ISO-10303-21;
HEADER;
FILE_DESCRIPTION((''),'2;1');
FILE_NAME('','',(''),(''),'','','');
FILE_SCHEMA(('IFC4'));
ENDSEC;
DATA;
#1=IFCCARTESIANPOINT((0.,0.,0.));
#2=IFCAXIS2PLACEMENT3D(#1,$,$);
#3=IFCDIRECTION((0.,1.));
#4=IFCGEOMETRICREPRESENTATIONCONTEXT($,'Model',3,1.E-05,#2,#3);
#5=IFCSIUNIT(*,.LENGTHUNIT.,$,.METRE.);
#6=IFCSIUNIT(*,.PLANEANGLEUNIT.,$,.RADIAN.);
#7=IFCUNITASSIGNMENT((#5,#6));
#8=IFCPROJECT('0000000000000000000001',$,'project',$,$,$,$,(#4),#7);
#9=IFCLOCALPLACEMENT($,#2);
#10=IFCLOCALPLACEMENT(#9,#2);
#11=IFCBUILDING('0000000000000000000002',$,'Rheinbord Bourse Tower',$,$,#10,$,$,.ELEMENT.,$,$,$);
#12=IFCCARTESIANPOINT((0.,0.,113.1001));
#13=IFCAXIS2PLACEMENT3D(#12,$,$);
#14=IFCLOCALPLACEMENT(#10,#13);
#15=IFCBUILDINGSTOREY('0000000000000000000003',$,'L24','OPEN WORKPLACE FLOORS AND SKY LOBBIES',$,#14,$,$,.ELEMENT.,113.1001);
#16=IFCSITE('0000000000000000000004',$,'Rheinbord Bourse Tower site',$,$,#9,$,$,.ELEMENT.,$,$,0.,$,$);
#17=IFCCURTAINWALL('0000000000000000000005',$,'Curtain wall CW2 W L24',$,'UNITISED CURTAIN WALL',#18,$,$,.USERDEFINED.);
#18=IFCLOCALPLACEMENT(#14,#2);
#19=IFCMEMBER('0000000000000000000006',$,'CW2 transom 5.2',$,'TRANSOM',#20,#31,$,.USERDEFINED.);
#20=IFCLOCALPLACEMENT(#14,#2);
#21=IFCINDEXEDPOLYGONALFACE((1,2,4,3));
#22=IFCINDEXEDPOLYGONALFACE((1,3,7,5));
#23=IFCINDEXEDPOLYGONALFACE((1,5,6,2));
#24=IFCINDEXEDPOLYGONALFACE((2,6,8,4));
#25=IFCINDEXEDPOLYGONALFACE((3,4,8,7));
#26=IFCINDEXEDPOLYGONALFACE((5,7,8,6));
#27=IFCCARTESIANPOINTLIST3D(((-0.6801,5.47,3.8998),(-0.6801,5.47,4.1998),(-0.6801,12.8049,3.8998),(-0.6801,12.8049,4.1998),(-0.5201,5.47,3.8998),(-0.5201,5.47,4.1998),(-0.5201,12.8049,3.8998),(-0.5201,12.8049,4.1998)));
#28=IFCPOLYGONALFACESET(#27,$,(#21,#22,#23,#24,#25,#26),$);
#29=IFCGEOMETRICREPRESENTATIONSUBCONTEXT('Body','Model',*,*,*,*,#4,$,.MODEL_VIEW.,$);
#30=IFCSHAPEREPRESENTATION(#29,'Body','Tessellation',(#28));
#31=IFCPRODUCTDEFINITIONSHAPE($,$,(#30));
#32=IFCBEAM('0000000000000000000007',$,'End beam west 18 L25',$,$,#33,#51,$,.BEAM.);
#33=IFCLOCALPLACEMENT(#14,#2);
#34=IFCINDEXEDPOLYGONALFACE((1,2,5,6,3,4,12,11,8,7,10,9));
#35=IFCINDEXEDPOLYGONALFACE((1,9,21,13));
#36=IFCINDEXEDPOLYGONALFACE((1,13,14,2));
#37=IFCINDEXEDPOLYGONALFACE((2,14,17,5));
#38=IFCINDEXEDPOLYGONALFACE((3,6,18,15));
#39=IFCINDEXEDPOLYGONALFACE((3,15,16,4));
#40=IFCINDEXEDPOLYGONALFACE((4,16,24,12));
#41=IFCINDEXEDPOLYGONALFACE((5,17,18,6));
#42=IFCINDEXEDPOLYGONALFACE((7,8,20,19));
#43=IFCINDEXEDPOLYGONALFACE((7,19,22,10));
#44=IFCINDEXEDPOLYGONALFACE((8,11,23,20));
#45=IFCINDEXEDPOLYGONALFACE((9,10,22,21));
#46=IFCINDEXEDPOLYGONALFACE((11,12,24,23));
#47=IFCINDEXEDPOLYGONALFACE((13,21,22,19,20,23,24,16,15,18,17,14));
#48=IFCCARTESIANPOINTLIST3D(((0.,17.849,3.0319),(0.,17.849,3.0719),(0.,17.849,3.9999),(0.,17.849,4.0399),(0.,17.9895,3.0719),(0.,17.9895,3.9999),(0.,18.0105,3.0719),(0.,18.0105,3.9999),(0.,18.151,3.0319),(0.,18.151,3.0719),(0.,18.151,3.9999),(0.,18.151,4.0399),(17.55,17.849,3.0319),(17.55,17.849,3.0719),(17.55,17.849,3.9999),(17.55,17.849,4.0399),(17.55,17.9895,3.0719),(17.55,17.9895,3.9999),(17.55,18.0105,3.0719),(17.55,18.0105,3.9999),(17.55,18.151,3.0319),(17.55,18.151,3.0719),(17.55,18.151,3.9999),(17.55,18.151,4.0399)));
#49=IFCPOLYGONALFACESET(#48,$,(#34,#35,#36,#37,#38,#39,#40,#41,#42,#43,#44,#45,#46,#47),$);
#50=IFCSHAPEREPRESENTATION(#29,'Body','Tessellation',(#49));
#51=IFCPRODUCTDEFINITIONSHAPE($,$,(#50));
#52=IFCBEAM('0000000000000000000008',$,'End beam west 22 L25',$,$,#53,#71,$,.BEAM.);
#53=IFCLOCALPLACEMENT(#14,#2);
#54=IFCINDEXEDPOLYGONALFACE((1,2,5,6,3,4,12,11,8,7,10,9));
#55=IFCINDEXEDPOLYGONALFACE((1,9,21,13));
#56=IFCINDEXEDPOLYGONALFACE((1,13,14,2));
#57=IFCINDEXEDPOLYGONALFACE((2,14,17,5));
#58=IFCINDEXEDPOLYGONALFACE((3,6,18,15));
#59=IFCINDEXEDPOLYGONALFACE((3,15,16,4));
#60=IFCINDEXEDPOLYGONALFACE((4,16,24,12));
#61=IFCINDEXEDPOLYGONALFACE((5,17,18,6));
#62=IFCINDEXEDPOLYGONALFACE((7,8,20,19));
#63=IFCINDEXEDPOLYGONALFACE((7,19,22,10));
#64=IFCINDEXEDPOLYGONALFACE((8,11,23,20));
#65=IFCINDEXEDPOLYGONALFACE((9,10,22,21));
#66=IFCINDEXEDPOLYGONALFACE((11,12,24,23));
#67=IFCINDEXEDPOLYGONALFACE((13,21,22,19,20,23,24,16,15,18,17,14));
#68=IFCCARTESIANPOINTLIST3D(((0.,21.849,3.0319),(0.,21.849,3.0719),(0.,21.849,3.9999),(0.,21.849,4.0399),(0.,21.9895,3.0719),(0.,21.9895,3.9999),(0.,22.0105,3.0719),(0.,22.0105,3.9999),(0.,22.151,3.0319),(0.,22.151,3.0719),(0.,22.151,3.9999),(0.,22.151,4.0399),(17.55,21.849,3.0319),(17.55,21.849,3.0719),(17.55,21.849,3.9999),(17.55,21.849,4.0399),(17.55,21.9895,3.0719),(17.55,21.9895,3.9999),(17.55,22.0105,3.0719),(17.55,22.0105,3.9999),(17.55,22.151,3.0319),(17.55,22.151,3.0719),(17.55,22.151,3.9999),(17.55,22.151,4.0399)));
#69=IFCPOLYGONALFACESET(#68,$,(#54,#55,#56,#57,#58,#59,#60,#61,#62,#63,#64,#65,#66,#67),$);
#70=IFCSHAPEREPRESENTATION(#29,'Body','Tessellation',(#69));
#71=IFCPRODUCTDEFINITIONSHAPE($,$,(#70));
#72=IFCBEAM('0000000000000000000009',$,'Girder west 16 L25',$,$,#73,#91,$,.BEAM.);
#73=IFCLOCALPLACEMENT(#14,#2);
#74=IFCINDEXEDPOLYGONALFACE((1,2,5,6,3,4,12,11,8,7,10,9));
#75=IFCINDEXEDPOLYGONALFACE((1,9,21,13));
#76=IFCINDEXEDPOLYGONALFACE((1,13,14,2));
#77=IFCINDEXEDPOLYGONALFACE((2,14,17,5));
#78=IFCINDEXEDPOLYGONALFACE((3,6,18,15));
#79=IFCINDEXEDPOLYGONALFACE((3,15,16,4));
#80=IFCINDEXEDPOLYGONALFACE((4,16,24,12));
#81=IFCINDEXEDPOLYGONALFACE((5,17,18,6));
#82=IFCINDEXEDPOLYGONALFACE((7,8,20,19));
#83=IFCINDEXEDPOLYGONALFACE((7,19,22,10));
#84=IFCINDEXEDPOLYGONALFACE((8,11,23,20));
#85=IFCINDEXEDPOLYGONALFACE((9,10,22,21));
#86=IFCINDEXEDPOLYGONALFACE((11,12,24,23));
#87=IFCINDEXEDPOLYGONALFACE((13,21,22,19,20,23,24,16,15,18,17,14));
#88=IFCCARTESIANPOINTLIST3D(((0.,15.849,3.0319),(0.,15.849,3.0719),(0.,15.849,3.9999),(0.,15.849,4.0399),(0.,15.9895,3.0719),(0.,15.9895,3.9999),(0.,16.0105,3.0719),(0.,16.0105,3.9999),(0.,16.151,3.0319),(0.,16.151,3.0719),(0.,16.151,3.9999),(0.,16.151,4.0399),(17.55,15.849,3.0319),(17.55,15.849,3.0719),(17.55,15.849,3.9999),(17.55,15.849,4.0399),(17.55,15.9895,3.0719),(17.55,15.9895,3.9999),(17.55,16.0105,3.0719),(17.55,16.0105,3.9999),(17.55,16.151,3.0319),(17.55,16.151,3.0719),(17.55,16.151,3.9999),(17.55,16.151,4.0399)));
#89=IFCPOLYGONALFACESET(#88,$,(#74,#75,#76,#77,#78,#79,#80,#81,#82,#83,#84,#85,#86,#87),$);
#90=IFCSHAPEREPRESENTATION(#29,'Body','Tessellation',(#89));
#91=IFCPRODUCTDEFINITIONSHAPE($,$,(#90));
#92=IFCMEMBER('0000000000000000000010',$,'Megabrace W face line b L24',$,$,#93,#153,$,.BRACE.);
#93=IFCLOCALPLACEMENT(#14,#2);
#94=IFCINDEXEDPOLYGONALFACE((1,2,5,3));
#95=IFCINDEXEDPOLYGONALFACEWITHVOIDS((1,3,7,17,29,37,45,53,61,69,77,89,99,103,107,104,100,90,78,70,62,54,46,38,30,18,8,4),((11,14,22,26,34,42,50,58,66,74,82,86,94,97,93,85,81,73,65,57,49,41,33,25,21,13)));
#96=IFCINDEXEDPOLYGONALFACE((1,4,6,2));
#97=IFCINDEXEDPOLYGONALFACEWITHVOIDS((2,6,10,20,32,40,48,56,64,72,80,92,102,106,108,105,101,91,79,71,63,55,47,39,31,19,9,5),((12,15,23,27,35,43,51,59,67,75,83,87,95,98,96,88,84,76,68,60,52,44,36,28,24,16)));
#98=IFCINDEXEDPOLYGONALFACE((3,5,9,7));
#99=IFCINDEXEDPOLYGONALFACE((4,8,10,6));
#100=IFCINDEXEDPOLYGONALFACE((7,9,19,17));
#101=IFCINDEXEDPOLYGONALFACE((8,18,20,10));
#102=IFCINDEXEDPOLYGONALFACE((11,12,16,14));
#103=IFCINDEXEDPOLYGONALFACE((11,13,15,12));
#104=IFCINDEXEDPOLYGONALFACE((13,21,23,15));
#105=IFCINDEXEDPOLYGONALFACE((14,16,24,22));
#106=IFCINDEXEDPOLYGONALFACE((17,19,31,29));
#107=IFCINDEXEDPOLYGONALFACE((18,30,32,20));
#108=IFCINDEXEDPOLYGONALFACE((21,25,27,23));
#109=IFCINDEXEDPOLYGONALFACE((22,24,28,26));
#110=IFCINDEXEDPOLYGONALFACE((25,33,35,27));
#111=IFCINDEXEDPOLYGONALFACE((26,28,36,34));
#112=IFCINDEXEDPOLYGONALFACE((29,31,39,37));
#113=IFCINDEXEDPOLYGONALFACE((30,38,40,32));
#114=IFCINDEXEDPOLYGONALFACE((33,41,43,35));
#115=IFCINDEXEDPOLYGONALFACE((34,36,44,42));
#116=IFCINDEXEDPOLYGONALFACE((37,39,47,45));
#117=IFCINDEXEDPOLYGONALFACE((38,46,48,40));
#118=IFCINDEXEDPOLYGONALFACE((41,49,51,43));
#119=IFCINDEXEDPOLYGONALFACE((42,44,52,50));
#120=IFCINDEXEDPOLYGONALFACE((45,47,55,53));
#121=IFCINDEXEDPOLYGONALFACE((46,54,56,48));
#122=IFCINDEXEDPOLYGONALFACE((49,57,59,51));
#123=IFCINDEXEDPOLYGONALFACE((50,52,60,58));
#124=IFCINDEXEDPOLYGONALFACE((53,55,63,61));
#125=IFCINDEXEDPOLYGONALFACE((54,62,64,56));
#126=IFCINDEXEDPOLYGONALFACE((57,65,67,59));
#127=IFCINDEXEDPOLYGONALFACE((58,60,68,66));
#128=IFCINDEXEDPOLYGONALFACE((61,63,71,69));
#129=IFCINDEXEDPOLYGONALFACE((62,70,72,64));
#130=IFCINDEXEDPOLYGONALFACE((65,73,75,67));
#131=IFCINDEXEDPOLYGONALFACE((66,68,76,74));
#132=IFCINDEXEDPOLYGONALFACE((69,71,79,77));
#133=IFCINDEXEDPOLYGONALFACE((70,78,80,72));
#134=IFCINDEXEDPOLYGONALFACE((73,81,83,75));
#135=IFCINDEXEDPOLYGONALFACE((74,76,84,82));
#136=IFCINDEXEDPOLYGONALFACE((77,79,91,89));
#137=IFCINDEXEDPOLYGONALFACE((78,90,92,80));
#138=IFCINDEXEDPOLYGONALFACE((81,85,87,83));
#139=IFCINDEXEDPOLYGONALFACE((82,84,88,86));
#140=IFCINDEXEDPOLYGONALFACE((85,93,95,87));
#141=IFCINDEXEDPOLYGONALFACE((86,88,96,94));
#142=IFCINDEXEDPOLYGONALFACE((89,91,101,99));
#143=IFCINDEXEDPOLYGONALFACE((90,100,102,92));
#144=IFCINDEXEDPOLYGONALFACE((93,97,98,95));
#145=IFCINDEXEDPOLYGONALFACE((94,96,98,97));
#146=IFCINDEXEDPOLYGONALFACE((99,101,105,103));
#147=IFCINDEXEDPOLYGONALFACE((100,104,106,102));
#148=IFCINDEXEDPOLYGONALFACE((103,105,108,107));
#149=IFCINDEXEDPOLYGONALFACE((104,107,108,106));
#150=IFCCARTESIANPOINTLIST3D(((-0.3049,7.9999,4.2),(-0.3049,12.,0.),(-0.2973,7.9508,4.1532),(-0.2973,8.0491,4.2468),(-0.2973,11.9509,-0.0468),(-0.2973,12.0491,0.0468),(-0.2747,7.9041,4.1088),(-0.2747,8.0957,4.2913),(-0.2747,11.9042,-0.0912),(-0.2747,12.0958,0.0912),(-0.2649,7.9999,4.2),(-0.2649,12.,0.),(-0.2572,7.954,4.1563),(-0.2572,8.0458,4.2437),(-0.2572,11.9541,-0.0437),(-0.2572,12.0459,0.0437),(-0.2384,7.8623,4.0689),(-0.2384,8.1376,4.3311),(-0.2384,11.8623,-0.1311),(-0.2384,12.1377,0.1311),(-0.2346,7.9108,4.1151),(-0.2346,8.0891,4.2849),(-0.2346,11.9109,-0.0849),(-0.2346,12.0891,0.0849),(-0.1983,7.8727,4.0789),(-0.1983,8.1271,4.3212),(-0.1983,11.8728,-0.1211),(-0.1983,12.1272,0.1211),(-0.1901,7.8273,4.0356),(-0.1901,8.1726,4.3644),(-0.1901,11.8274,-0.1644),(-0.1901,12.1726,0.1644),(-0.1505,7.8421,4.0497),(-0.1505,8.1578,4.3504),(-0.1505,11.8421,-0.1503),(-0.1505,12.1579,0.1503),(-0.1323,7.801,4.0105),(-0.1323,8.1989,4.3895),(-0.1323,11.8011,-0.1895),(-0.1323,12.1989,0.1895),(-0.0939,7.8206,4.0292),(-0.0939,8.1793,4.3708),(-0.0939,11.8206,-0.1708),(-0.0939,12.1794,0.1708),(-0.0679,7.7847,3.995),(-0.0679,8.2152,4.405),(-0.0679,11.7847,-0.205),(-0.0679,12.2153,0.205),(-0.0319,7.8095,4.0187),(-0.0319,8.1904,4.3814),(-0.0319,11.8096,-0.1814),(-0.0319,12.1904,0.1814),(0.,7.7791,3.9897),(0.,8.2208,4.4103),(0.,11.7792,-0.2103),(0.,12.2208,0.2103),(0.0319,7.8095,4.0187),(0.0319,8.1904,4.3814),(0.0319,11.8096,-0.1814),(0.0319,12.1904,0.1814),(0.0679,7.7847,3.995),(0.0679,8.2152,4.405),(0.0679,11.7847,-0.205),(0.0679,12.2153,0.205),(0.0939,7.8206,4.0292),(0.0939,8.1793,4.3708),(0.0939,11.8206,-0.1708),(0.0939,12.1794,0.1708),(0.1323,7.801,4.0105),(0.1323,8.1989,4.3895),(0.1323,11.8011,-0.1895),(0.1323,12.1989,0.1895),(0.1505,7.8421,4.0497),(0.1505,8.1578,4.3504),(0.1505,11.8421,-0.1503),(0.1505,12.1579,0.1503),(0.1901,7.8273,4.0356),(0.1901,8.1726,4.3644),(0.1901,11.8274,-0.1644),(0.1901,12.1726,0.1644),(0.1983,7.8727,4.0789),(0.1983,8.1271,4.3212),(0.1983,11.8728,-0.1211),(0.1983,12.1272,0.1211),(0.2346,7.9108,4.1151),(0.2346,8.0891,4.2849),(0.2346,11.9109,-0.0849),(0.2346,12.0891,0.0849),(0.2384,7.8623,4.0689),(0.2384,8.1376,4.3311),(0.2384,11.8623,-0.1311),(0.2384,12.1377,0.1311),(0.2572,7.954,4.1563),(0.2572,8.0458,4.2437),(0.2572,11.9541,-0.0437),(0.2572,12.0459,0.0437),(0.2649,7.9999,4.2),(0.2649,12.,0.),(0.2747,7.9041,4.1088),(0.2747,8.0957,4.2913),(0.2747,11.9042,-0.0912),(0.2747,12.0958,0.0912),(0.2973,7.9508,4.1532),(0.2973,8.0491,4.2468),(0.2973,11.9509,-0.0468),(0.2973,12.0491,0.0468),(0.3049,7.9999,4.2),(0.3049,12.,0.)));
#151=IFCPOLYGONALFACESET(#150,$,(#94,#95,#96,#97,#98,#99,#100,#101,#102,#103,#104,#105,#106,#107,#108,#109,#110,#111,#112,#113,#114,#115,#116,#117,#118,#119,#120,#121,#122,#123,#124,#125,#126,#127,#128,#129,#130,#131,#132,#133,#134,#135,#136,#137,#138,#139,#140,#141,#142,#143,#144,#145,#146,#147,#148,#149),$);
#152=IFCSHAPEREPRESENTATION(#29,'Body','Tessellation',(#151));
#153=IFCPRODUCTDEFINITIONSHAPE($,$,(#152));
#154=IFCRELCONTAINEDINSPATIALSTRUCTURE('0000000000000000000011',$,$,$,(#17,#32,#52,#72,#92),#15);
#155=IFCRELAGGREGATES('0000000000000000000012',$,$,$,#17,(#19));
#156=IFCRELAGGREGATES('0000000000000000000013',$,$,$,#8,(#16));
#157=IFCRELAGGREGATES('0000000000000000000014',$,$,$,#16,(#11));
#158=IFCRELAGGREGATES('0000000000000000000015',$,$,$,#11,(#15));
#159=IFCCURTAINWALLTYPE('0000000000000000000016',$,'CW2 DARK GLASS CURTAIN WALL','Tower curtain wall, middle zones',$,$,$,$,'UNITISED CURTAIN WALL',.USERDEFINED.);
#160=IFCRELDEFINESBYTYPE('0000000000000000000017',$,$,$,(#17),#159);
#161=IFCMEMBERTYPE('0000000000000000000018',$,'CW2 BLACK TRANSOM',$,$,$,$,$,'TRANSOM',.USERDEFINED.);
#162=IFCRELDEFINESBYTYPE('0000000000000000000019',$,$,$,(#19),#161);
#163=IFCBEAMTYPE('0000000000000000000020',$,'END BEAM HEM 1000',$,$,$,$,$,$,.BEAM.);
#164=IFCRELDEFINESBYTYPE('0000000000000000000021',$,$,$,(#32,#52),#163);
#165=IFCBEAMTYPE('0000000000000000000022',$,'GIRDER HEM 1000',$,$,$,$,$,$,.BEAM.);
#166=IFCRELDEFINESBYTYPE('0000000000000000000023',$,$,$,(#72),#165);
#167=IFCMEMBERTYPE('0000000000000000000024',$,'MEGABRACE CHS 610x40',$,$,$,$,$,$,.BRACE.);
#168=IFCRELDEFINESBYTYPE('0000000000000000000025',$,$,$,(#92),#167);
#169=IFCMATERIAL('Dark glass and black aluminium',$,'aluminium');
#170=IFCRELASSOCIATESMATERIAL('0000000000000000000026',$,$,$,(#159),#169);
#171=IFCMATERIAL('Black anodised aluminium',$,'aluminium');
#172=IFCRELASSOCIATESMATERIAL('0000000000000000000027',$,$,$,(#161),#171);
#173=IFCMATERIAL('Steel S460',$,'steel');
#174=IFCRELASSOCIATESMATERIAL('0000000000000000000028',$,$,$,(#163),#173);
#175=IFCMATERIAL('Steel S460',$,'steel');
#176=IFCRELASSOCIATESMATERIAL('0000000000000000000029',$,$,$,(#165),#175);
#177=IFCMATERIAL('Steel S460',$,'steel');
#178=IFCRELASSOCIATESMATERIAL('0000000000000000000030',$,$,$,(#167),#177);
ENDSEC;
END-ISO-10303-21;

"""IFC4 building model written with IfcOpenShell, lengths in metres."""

from ifc_helpers import new_model, si_unit, direction, frame, origin, origin_2d, place, context, subcontext, project, spatial, rectangle, hollow_circle, i_section, extrude, material, material_profile, profile_set, type_object, element, aggregate, save


model = new_model("IFC4")

# Units and contexts
model_context = context("Model", 3, precision=1e-05, world=origin(), true_north=direction((0.0, 1.0)))
body_context = subcontext(model_context, "Body", "Model", "MODEL_VIEW")
ifc_project = project(units=[si_unit("LENGTHUNIT", "METRE"), si_unit("PLANEANGLEUNIT", "RADIAN")], contexts=[model_context])

# Site, building, storey
site_placement = place(None, origin())
site = spatial("IfcSite", under=ifc_project, at=site_placement, Name="Rheinbord Bourse Tower site", CompositionType="ELEMENT", RefElevation=0.0)
building_placement = place(site_placement, origin())
building = spatial("IfcBuilding", under=site, at=building_placement, Name="Rheinbord Bourse Tower", CompositionType="ELEMENT")
storey_placement = place(building_placement, frame((0.0, 0.0, 113.1001)))
storey = spatial("IfcBuildingStorey", under=building, at=storey_placement, Name="L24", Description="OPEN WORKPLACE FLOORS AND SKY LOBBIES", CompositionType="ELEMENT", Elevation=113.1001)

# Curtain wall, member
ifc_material_1 = material(Name="Dark glass and black aluminium", Category="aluminium")
curtain_wall_type = type_object("IfcCurtainWallType", Name="CW2 DARK GLASS CURTAIN WALL", Description="Tower curtain wall, middle zones", ElementType="UNITISED CURTAIN WALL", PredefinedType="USERDEFINED", material=ifc_material_1)
curtain_wall_placement = place(storey_placement, origin())
curtain_wall = element("IfcCurtainWall", 1, at=curtain_wall_placement, inside=storey, type_object=curtain_wall_type, Name="Curtain wall CW2 W L24", ObjectType="UNITISED CURTAIN WALL", PredefinedType="USERDEFINED")
ifc_material_2 = material(Name="Black anodised aluminium", Category="aluminium")
ifc_material_profile_1 = material_profile(ifc_material_2, rectangle(XDim=0.1599, YDim=0.3, at=origin_2d()), Name="CW2 TRANSOM 300x160")
ifc_profile_set_1 = profile_set([ifc_material_profile_1], Name="Black anodised aluminium")
member_type_1 = type_object("IfcMemberType", Name="CW2 BLACK TRANSOM", ElementType="TRANSOM", PredefinedType="USERDEFINED", material=ifc_profile_set_1)
member_1_placement = place(storey_placement, frame((-0.6001, 12.8049, 4.0498), z_axis=(0.0, -1.0, 0.0), x_axis=(1.0, 0.0, 0.0)))
member_1 = element("IfcMember", 2, at=member_1_placement, type_object=member_type_1, Name="CW2 transom 5.2", ObjectType="TRANSOM", PredefinedType="USERDEFINED", context=body_context, shape_type="SweptSolid", body=[
    extrude(rectangle(XDim=0.1599, YDim=0.3, at=origin_2d()), origin(), (0.0, 0.0, 1.0), 7.335),
])

# Beams
ifc_material_3 = material(Name="Steel S460", Category="steel")
ifc_material_profile_2 = material_profile(ifc_material_3, i_section(OverallWidth=0.302, OverallDepth=1.0081, WebThickness=0.021, FlangeThickness=0.04, at=origin_2d()), Name="HEM 1000")
ifc_profile_set_2 = profile_set([ifc_material_profile_2], Name="Steel S460")
beam_type_1 = type_object("IfcBeamType", Name="END BEAM HEM 1000", PredefinedType="BEAM", material=ifc_profile_set_2)
for number, where, z_axis, x_axis, name in (
    (3, (0.0, 18.0, 3.5359), (1.0, 0.0, 0.0), (0.0, 1.0, 0.0), "End beam west 18 L25"),
    (4, (0.0, 22.0, 3.5359), (1.0, 0.0, 0.0), (0.0, 1.0, 0.0), "End beam west 22 L25"),
):
    element("IfcBeam", number, at=place(storey_placement, frame(where, z_axis=z_axis, x_axis=x_axis)), inside=storey, type_object=beam_type_1, Name=name, PredefinedType="BEAM", context=body_context, shape_type="SweptSolid", body=[
        extrude(i_section(OverallWidth=0.302, OverallDepth=1.0081, WebThickness=0.021, FlangeThickness=0.04, at=origin_2d()), origin(), (0.0, 0.0, 1.0), 17.55),
    ])
ifc_material_4 = material(Name="Steel S460", Category="steel")
ifc_material_profile_3 = material_profile(ifc_material_4, i_section(OverallWidth=0.302, OverallDepth=1.0081, WebThickness=0.021, FlangeThickness=0.04, at=origin_2d()), Name="HEM 1000")
ifc_profile_set_3 = profile_set([ifc_material_profile_3], Name="Steel S460")
beam_type_2 = type_object("IfcBeamType", Name="GIRDER HEM 1000", PredefinedType="BEAM", material=ifc_profile_set_3)
beam_1_placement = place(storey_placement, frame((0.0, 16.0, 3.5359), z_axis=(1.0, 0.0, 0.0), x_axis=(0.0, 1.0, 0.0)))
element("IfcBeam", 5, at=beam_1_placement, inside=storey, type_object=beam_type_2, Name="Girder west 16 L25", PredefinedType="BEAM", context=body_context, shape_type="SweptSolid", body=[
    extrude(i_section(OverallWidth=0.302, OverallDepth=1.0081, WebThickness=0.021, FlangeThickness=0.04, at=origin_2d()), origin(), (0.0, 0.0, 1.0), 17.55),
])

# Member
ifc_material_5 = material(Name="Steel S460", Category="steel")
ifc_material_profile_4 = material_profile(ifc_material_5, hollow_circle(Radius=0.3049, WallThickness=0.04, at=origin_2d()), Name="CHS 610x40")
ifc_profile_set_4 = profile_set([ifc_material_profile_4], Name="Steel S460")
member_type_2 = type_object("IfcMemberType", Name="MEGABRACE CHS 610x40", PredefinedType="BRACE", material=ifc_profile_set_4)
for number, where, z_axis, x_axis, name in (
    (6, (0.0, 12.0, 0.0), (0.0, -0.689659, 0.724134), (1.0, 0.0, 0.0), "Megabrace W face line b L24"),
):
    element("IfcMember", number, at=place(storey_placement, frame(where, z_axis=z_axis, x_axis=x_axis)), inside=storey, type_object=member_type_2, Name=name, PredefinedType="BRACE", context=body_context, shape_type="SweptSolid", body=[
        extrude(hollow_circle(Radius=0.3049, WallThickness=0.04, at=origin_2d()), origin(), (0.0, 0.0, 1.0), 5.8),
    ])

aggregate(curtain_wall, [member_1])

save(model, "model.ifc")
